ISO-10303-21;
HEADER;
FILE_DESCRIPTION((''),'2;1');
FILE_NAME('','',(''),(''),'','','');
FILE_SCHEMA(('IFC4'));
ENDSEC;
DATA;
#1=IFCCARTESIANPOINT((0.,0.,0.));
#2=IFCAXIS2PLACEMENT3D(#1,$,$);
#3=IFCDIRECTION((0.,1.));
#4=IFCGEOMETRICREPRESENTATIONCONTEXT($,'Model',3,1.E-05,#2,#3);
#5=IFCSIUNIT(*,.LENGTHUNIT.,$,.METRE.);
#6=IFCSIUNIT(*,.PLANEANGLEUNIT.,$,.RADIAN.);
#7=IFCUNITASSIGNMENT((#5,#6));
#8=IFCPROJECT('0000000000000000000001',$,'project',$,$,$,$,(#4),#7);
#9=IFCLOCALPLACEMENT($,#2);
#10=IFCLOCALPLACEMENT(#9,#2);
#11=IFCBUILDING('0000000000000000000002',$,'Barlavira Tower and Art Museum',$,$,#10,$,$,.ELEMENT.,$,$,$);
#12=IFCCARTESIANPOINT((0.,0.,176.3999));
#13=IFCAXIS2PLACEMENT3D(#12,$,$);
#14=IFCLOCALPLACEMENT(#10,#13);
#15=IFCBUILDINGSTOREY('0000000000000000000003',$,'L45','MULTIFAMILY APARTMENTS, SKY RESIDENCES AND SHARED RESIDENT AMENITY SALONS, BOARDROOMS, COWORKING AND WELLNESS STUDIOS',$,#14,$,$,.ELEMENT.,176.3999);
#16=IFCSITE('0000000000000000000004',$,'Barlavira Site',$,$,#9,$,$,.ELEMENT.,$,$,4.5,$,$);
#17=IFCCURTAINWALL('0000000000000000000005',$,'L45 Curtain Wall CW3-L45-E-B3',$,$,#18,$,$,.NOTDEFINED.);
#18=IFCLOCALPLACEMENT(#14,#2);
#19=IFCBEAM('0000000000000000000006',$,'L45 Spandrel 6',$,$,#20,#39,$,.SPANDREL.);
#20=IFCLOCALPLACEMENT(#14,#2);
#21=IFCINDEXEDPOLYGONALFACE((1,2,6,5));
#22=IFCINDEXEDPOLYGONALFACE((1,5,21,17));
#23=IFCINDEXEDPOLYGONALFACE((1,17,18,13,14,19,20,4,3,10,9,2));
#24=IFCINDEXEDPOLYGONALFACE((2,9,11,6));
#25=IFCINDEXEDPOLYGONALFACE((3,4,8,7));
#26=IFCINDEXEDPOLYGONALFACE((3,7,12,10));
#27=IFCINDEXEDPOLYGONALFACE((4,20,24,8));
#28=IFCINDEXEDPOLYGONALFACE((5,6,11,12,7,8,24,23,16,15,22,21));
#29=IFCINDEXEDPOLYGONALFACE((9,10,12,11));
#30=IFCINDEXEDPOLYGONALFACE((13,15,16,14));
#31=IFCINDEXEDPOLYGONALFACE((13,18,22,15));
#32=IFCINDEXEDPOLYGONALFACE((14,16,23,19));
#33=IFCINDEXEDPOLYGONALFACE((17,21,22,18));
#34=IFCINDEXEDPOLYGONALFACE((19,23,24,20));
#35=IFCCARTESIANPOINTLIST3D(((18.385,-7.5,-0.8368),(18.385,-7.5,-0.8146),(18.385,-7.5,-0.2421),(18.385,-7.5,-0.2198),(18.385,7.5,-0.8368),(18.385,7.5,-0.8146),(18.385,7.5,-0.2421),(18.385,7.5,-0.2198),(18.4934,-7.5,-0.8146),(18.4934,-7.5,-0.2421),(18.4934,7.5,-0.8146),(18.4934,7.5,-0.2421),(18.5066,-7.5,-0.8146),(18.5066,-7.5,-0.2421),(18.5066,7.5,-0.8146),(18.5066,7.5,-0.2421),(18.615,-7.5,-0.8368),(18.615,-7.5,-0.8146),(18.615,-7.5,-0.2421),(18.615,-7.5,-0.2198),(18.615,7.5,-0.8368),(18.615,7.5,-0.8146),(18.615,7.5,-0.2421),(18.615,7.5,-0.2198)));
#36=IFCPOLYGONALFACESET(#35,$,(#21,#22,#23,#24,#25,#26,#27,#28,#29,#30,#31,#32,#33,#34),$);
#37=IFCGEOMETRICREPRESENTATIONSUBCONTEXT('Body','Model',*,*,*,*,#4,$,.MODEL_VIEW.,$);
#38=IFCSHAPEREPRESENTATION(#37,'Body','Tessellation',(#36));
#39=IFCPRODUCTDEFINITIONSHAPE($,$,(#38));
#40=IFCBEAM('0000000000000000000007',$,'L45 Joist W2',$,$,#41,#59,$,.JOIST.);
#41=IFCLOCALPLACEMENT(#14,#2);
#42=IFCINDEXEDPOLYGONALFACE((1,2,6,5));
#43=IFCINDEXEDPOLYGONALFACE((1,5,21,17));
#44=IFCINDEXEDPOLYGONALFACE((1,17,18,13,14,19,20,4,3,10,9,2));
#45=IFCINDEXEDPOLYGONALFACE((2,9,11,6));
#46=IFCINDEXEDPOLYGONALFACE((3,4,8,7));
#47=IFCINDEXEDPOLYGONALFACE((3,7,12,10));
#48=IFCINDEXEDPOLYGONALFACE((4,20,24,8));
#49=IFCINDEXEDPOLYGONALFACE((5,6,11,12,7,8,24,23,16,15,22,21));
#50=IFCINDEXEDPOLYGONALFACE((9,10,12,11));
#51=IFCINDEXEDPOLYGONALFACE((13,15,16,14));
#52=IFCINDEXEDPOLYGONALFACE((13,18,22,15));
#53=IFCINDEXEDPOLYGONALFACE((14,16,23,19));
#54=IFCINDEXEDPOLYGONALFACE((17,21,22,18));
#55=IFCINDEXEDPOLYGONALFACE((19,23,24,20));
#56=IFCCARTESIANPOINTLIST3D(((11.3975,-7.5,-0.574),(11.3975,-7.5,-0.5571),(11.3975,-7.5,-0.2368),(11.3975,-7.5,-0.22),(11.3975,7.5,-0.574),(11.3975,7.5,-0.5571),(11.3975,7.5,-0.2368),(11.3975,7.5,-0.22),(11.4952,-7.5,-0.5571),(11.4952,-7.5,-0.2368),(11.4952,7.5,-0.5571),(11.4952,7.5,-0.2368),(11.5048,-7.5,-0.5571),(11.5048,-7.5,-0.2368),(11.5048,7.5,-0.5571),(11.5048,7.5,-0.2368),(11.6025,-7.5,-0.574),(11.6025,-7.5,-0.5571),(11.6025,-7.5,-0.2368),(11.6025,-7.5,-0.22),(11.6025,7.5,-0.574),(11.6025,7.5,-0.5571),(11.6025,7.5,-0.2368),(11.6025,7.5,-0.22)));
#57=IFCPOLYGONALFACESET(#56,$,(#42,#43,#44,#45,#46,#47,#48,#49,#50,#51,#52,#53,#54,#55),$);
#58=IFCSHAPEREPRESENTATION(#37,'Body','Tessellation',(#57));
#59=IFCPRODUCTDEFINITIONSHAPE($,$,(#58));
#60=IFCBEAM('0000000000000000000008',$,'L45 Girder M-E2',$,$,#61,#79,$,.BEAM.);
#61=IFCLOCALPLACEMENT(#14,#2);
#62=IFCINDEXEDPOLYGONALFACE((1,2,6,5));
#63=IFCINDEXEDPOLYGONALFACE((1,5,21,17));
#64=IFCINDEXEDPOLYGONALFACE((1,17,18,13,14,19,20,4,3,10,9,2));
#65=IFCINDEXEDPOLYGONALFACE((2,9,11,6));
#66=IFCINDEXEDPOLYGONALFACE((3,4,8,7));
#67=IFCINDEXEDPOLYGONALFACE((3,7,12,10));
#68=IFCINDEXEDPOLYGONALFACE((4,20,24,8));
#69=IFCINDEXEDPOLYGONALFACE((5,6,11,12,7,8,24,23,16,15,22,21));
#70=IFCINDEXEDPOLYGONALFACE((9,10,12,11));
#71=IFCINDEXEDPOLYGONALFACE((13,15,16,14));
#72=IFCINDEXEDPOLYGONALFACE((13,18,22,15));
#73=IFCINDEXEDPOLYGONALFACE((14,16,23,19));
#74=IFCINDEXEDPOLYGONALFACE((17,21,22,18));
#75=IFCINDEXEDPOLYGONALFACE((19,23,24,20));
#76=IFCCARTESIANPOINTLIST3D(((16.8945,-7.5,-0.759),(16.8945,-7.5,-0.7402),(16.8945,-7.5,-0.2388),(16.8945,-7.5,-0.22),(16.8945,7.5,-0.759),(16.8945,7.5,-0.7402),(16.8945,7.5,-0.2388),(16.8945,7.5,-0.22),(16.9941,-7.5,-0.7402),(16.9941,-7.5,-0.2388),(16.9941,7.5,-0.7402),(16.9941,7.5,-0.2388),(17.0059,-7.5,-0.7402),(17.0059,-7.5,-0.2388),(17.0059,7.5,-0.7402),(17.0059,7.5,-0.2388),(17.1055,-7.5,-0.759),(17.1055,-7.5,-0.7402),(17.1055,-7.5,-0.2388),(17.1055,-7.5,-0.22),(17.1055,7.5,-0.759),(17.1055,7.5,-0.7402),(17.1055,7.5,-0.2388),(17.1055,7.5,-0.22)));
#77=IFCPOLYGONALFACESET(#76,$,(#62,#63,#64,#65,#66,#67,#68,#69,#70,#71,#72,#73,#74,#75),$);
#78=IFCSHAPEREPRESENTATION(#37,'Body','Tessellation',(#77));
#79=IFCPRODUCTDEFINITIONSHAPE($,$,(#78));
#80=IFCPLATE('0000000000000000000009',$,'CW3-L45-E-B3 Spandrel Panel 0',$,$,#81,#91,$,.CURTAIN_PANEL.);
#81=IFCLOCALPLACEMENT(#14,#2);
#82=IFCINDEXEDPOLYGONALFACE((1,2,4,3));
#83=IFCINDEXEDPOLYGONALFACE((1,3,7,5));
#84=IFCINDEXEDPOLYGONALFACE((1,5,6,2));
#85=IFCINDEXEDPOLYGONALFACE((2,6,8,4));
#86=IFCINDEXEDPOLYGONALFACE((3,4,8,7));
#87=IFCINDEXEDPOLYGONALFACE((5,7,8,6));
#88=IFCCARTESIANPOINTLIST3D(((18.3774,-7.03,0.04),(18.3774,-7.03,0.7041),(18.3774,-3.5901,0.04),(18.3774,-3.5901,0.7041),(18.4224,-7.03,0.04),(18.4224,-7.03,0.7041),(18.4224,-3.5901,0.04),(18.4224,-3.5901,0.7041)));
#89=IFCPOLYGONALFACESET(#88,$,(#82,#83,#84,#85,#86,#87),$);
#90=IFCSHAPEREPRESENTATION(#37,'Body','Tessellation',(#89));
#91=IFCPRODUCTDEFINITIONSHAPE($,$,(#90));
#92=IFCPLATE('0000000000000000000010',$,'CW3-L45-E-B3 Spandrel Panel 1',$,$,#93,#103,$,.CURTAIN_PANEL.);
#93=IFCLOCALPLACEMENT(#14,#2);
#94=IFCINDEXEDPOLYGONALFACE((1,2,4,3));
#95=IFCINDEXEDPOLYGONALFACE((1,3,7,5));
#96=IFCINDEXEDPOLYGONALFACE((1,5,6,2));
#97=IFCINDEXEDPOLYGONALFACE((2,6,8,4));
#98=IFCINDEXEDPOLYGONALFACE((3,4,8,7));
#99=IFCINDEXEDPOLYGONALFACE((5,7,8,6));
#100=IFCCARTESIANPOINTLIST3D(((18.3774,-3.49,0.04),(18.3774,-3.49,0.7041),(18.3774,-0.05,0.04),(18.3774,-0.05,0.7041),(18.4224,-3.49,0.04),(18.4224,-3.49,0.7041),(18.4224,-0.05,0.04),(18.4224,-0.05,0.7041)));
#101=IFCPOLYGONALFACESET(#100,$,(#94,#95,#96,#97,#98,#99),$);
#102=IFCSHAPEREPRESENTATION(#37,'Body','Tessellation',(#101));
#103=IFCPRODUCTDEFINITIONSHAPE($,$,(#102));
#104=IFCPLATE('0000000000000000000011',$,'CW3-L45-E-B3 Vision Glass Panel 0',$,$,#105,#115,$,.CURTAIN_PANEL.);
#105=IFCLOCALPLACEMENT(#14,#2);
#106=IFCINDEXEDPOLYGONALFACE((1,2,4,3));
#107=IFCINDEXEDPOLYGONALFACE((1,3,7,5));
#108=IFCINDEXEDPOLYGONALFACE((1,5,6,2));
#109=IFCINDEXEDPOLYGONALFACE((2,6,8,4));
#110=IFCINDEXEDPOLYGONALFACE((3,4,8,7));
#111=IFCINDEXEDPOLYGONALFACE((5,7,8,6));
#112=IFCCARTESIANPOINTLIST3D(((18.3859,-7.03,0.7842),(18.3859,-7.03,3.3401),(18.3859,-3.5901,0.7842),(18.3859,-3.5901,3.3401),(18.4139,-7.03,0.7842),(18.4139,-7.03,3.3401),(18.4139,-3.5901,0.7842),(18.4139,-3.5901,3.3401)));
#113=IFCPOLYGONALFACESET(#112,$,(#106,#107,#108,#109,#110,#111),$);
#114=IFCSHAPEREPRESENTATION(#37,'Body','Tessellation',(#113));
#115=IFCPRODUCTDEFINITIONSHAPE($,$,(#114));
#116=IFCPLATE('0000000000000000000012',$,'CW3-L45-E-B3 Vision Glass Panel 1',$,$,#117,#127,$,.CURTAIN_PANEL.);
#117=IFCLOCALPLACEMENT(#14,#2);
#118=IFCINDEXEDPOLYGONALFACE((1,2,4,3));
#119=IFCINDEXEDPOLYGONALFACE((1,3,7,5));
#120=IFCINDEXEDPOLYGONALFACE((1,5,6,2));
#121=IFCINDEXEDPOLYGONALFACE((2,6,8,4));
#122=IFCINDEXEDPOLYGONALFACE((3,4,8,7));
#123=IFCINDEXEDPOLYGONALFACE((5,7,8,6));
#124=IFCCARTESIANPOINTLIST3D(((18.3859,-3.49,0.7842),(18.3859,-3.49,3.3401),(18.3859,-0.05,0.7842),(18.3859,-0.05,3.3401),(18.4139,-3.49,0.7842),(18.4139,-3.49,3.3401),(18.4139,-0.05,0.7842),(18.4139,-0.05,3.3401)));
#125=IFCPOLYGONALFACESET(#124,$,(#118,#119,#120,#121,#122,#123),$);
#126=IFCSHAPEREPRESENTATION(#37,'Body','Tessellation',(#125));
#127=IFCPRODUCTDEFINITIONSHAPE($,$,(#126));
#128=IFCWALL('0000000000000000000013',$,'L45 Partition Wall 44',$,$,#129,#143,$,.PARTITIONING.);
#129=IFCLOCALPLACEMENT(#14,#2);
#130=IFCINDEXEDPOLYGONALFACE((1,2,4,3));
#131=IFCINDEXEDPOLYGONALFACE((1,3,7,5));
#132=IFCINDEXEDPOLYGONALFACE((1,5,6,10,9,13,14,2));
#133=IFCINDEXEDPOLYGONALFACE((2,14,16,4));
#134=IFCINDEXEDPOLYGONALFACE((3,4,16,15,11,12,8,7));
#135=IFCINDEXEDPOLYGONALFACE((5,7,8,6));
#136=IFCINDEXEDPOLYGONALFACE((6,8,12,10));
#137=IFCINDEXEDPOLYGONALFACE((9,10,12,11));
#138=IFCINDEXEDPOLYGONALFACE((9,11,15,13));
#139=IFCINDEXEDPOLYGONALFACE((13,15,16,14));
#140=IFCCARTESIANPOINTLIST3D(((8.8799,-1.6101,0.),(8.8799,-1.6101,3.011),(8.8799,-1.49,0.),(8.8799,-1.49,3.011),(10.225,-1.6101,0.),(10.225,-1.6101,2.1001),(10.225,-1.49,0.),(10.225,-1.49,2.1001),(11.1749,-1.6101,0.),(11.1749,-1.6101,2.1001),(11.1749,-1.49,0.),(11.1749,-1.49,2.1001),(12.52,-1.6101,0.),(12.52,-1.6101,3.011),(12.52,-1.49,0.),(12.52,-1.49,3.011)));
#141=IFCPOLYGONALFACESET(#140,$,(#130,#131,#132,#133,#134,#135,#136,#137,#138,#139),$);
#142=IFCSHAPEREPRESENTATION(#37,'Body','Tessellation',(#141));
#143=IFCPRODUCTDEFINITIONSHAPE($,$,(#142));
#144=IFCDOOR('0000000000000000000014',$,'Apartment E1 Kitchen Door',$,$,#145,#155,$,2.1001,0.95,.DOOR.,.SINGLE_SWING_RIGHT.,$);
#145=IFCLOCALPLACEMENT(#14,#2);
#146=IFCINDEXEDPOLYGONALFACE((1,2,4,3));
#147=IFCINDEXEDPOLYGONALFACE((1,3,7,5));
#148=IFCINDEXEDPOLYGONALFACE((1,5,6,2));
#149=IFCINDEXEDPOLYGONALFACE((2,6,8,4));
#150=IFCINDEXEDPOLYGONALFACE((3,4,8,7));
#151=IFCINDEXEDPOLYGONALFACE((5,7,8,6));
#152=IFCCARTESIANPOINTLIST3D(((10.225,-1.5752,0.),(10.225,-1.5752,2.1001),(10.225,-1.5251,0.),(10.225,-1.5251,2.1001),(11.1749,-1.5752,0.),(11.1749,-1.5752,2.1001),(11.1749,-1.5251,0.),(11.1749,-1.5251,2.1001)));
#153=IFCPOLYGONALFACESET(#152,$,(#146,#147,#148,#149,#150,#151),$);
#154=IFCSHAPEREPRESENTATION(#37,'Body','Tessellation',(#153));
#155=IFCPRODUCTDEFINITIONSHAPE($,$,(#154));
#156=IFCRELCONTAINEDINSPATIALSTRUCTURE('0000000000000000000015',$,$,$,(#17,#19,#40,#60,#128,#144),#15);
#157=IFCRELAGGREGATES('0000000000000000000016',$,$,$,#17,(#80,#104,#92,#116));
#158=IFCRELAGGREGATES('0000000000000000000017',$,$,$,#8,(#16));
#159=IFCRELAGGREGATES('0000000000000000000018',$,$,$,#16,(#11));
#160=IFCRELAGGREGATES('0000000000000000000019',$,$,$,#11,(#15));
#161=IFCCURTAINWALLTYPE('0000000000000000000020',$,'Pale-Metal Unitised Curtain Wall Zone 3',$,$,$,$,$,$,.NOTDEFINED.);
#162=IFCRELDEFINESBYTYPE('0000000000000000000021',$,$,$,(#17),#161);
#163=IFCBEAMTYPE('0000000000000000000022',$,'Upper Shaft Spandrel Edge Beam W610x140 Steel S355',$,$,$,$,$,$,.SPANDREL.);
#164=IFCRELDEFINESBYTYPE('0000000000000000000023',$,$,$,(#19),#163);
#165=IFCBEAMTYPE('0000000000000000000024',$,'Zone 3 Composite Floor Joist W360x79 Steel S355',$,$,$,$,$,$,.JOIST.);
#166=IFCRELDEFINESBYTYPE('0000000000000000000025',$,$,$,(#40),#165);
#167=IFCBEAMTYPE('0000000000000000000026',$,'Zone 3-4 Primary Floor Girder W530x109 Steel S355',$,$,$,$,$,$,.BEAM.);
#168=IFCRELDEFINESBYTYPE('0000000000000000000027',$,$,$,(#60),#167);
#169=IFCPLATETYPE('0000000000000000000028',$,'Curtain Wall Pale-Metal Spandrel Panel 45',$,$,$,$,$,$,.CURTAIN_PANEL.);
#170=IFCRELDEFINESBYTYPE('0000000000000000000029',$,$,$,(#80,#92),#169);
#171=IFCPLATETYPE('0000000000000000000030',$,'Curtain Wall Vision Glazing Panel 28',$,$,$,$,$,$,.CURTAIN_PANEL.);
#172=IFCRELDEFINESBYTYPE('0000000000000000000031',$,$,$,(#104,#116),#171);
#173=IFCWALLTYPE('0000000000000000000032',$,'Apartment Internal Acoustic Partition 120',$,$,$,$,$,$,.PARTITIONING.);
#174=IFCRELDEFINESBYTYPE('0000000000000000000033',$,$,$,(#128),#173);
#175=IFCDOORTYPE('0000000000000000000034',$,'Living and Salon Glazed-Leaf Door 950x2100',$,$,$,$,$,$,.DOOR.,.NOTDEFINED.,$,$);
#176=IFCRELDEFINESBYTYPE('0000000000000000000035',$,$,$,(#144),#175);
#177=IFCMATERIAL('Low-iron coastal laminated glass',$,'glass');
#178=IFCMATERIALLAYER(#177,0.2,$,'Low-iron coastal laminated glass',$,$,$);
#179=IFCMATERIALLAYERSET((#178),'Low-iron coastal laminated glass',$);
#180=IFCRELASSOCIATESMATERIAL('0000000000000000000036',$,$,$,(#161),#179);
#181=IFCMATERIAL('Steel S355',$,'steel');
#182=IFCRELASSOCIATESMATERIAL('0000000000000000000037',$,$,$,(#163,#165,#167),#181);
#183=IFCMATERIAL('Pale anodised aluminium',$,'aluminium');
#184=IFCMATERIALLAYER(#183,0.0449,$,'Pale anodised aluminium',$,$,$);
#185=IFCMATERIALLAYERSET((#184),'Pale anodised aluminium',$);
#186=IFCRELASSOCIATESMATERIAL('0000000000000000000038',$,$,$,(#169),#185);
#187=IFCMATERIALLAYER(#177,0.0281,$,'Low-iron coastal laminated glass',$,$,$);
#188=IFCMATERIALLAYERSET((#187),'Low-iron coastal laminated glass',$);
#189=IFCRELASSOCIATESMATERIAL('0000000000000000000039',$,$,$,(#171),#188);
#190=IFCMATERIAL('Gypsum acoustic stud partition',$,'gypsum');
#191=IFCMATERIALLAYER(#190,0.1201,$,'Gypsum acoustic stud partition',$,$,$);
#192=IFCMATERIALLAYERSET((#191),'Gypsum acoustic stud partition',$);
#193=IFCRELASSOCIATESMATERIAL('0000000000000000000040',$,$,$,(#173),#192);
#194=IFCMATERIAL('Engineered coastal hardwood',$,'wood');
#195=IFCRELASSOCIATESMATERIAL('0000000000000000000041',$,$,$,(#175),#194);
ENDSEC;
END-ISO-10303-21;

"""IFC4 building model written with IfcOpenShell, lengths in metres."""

from ifc_helpers import new_model, si_unit, direction, frame, frame_2d, origin, origin_2d, place, context, subcontext, project, spatial, rectangle, i_section, extrude, material, layer, layer_set, material_profile, profile_set, type_object, element, fill, aggregate, save


model = new_model("IFC4")

# Units and contexts
model_context = context("Model", 3, precision=1e-05, world=origin(), true_north=direction((0.0, 1.0)))
body_context = subcontext(model_context, "Body", "Model", "MODEL_VIEW")
ifc_project = project(units=[si_unit("LENGTHUNIT", "METRE"), si_unit("PLANEANGLEUNIT", "RADIAN")], contexts=[model_context])

# Site, building, storey
site_placement = place(None, origin())
site = spatial("IfcSite", under=ifc_project, at=site_placement, Name="Barlavira Site", CompositionType="ELEMENT", RefElevation=4.5)
building_placement = place(site_placement, origin())
building = spatial("IfcBuilding", under=site, at=building_placement, Name="Barlavira Tower and Art Museum", CompositionType="ELEMENT")
storey_placement = place(building_placement, frame((0.0, 0.0, 176.3999)))
storey = spatial("IfcBuildingStorey", under=building, at=storey_placement, Name="L45", Description="MULTIFAMILY APARTMENTS, SKY RESIDENCES AND SHARED RESIDENT AMENITY SALONS, BOARDROOMS, COWORKING AND WELLNESS STUDIOS", CompositionType="ELEMENT", Elevation=176.3999)

# Curtain wall
ifc_material_1 = material(Name="Low-iron coastal laminated glass", Category="glass")
ifc_layer_1 = layer(ifc_material_1, 0.2, Name="Low-iron coastal laminated glass")
ifc_layer_set_1 = layer_set([ifc_layer_1], Name="Low-iron coastal laminated glass")
curtain_wall_type = type_object("IfcCurtainWallType", Name="Pale-Metal Unitised Curtain Wall Zone 3", PredefinedType="NOTDEFINED", material=ifc_layer_set_1)
curtain_wall_placement = place(storey_placement, origin())
curtain_wall = element("IfcCurtainWall", 1, at=curtain_wall_placement, inside=storey, type_object=curtain_wall_type, Name="L45 Curtain Wall CW3-L45-E-B3", PredefinedType="NOTDEFINED")
ifc_material_2 = material(Name="Pale anodised aluminium", Category="aluminium")

# Beams
ifc_material_3 = material(Name="Steel S355", Category="steel")
ifc_material_profile_1 = material_profile(ifc_material_3, i_section(OverallWidth=0.23, OverallDepth=0.6169, WebThickness=0.0132, FlangeThickness=0.0222, at=origin_2d()), Name="W610x140.0")
ifc_profile_set_1 = profile_set([ifc_material_profile_1], Name="Steel S355")
beam_type_1 = type_object("IfcBeamType", Name="Upper Shaft Spandrel Edge Beam W610x140 Steel S355", PredefinedType="SPANDREL", material=ifc_profile_set_1)
beam_1_placement = place(storey_placement, frame((18.5, -7.5, -0.5283), z_axis=(0.0, 1.0, 0.0), x_axis=(-1.0, 0.0, 0.0)))
element("IfcBeam", 2, at=beam_1_placement, inside=storey, type_object=beam_type_1, Name="L45 Spandrel 6", PredefinedType="SPANDREL", context=body_context, shape_type="SweptSolid", body=[
    extrude(i_section(OverallWidth=0.23, OverallDepth=0.6169, WebThickness=0.0132, FlangeThickness=0.0222, at=origin_2d()), origin(), (0.0, 0.0, 1.0), 15.0),
])
ifc_material_profile_2 = material_profile(ifc_material_3, i_section(OverallWidth=0.2051, OverallDepth=0.354, WebThickness=0.0095, FlangeThickness=0.0168, at=origin_2d()), Name="W360x79.0")
ifc_profile_set_2 = profile_set([ifc_material_profile_2], Name="Steel S355")
beam_type_2 = type_object("IfcBeamType", Name="Zone 3 Composite Floor Joist W360x79 Steel S355", PredefinedType="JOIST", material=ifc_profile_set_2)
beam_2_placement = place(storey_placement, frame((11.5, -7.5, -0.397), z_axis=(0.0, 1.0, 0.0), x_axis=(-1.0, 0.0, 0.0)))
element("IfcBeam", 3, at=beam_2_placement, inside=storey, type_object=beam_type_2, Name="L45 Joist W2", PredefinedType="JOIST", context=body_context, shape_type="SweptSolid", body=[
    extrude(i_section(OverallWidth=0.2051, OverallDepth=0.354, WebThickness=0.0095, FlangeThickness=0.0168, at=origin_2d()), origin(), (0.0, 0.0, 1.0), 15.0),
])
ifc_material_profile_3 = material_profile(ifc_material_3, i_section(OverallWidth=0.2109, OverallDepth=0.5391, WebThickness=0.0117, FlangeThickness=0.0188, at=origin_2d()), Name="W530x109.0")
ifc_profile_set_3 = profile_set([ifc_material_profile_3], Name="Steel S355")
beam_type_3 = type_object("IfcBeamType", Name="Zone 3-4 Primary Floor Girder W530x109 Steel S355", PredefinedType="BEAM", material=ifc_profile_set_3)
beam_3_placement = place(storey_placement, frame((17.0, -7.5, -0.4895), z_axis=(0.0, 1.0, 0.0), x_axis=(-1.0, 0.0, 0.0)))
element("IfcBeam", 4, at=beam_3_placement, inside=storey, type_object=beam_type_3, Name="L45 Girder M-E2", PredefinedType="BEAM", context=body_context, shape_type="SweptSolid", body=[
    extrude(i_section(OverallWidth=0.2109, OverallDepth=0.5391, WebThickness=0.0117, FlangeThickness=0.0188, at=origin_2d()), origin(), (0.0, 0.0, 1.0), 15.0),
])

# Plates
ifc_layer_2 = layer(ifc_material_2, 0.0449, Name="Pale anodised aluminium")
ifc_layer_set_2 = layer_set([ifc_layer_2], Name="Pale anodised aluminium")
plate_type_1 = type_object("IfcPlateType", Name="Curtain Wall Pale-Metal Spandrel Panel 45", PredefinedType="CURTAIN_PANEL", material=ifc_layer_set_2)
plate_1_placement = place(storey_placement, frame((18.3999, -5.3101, 0.04), z_axis=(0.0, 0.0, 1.0), x_axis=(0.0, 1.0, 0.0)))
plate_1 = element("IfcPlate", 5, at=plate_1_placement, type_object=plate_type_1, Name="CW3-L45-E-B3 Spandrel Panel 0", PredefinedType="CURTAIN_PANEL", context=body_context, shape_type="SweptSolid", body=[
    extrude(rectangle(XDim=3.4399, YDim=0.0449, at=origin_2d()), origin(), (0.0, 0.0, 1.0), 0.6641),
])
plate_2_placement = place(storey_placement, frame((18.3999, -1.77, 0.04), z_axis=(0.0, 0.0, 1.0), x_axis=(0.0, 1.0, 0.0)))
plate_2 = element("IfcPlate", 6, at=plate_2_placement, type_object=plate_type_1, Name="CW3-L45-E-B3 Spandrel Panel 1", PredefinedType="CURTAIN_PANEL", context=body_context, shape_type="SweptSolid", body=[
    extrude(rectangle(XDim=3.4399, YDim=0.0449, at=origin_2d()), origin(), (0.0, 0.0, 1.0), 0.6641),
])
ifc_layer_3 = layer(ifc_material_1, 0.0281, Name="Low-iron coastal laminated glass")
ifc_layer_set_3 = layer_set([ifc_layer_3], Name="Low-iron coastal laminated glass")
plate_type_2 = type_object("IfcPlateType", Name="Curtain Wall Vision Glazing Panel 28", PredefinedType="CURTAIN_PANEL", material=ifc_layer_set_3)
plate_3_placement = place(storey_placement, frame((18.3999, -5.3101, 0.7842), z_axis=(0.0, 0.0, 1.0), x_axis=(0.0, 1.0, 0.0)))
plate_3 = element("IfcPlate", 7, at=plate_3_placement, type_object=plate_type_2, Name="CW3-L45-E-B3 Vision Glass Panel 0", PredefinedType="CURTAIN_PANEL", context=body_context, shape_type="SweptSolid", body=[
    extrude(rectangle(XDim=3.4399, YDim=0.0281, at=origin_2d()), origin(), (0.0, 0.0, 1.0), 2.5559),
])
plate_4_placement = place(storey_placement, frame((18.3999, -1.77, 0.7842), z_axis=(0.0, 0.0, 1.0), x_axis=(0.0, 1.0, 0.0)))
plate_4 = element("IfcPlate", 8, at=plate_4_placement, type_object=plate_type_2, Name="CW3-L45-E-B3 Vision Glass Panel 1", PredefinedType="CURTAIN_PANEL", context=body_context, shape_type="SweptSolid", body=[
    extrude(rectangle(XDim=3.4399, YDim=0.0281, at=origin_2d()), origin(), (0.0, 0.0, 1.0), 2.5559),
])
aggregate(curtain_wall, [plate_1, plate_3, plate_2, plate_4])

# Wall, opening, door
ifc_material_4 = material(Name="Gypsum acoustic stud partition", Category="gypsum")
ifc_layer_4 = layer(ifc_material_4, 0.1201, Name="Gypsum acoustic stud partition")
ifc_layer_set_4 = layer_set([ifc_layer_4], Name="Gypsum acoustic stud partition")
wall_type_1 = type_object("IfcWallType", Name="Apartment Internal Acoustic Partition 120", PredefinedType="PARTITIONING", material=ifc_layer_set_4)
wall_1_placement = place(storey_placement, frame((8.8799, -1.55, 0.0), z_axis=(0.0, 0.0, 1.0), x_axis=(1.0, 0.0, 0.0)))
wall_1 = element("IfcWall", 9, at=wall_1_placement, inside=storey, type_object=wall_type_1, Name="L45 Partition Wall 44", PredefinedType="PARTITIONING", context=body_context, shape_type="SweptSolid", body=[
    extrude(rectangle(XDim=3.6401, YDim=0.1201, at=frame_2d((1.8201, 0.0))), origin(), (0.0, 0.0, 1.0), 3.011),
])
opening_1_placement = place(wall_1_placement, frame((1.345, 0.0, 0.0)))
opening_1 = element("IfcOpeningElement", 10, at=opening_1_placement, cuts=wall_1, PredefinedType="OPENING", context=body_context, shape_type="SweptSolid", body=[
    extrude(rectangle(XDim=0.95, YDim=2.1001, at=frame_2d((0.4751, 1.05))), frame((0.0, 0.0701, 0.0), z_axis=(0.0, -1.0, 0.0), x_axis=(1.0, 0.0, 0.0)), (0.0, 0.0, 1.0), 0.1401),
])
ifc_material_5 = material(Name="Engineered coastal hardwood", Category="wood")
door_type_1 = type_object("IfcDoorType", Name="Living and Salon Glazed-Leaf Door 950x2100", OperationType="NOTDEFINED", PredefinedType="DOOR", material=ifc_material_5)
door_1_placement = place(opening_1_placement, origin())
door_1 = element("IfcDoor", 11, at=door_1_placement, inside=storey, type_object=door_type_1, Name="Apartment E1 Kitchen Door", OperationType="SINGLE_SWING_RIGHT", OverallHeight=2.1001, OverallWidth=0.95, PredefinedType="DOOR", context=body_context, shape_type="SweptSolid", body=[
    extrude(rectangle(XDim=0.95, YDim=2.1001, at=frame_2d((0.4751, 1.05))), frame((0.0, 0.0249, 0.0), z_axis=(0.0, -1.0, 0.0), x_axis=(1.0, 0.0, 0.0)), (0.0, 0.0, 1.0), 0.05),
])
fill(opening_1, door_1)

save(model, "model.ifc")
